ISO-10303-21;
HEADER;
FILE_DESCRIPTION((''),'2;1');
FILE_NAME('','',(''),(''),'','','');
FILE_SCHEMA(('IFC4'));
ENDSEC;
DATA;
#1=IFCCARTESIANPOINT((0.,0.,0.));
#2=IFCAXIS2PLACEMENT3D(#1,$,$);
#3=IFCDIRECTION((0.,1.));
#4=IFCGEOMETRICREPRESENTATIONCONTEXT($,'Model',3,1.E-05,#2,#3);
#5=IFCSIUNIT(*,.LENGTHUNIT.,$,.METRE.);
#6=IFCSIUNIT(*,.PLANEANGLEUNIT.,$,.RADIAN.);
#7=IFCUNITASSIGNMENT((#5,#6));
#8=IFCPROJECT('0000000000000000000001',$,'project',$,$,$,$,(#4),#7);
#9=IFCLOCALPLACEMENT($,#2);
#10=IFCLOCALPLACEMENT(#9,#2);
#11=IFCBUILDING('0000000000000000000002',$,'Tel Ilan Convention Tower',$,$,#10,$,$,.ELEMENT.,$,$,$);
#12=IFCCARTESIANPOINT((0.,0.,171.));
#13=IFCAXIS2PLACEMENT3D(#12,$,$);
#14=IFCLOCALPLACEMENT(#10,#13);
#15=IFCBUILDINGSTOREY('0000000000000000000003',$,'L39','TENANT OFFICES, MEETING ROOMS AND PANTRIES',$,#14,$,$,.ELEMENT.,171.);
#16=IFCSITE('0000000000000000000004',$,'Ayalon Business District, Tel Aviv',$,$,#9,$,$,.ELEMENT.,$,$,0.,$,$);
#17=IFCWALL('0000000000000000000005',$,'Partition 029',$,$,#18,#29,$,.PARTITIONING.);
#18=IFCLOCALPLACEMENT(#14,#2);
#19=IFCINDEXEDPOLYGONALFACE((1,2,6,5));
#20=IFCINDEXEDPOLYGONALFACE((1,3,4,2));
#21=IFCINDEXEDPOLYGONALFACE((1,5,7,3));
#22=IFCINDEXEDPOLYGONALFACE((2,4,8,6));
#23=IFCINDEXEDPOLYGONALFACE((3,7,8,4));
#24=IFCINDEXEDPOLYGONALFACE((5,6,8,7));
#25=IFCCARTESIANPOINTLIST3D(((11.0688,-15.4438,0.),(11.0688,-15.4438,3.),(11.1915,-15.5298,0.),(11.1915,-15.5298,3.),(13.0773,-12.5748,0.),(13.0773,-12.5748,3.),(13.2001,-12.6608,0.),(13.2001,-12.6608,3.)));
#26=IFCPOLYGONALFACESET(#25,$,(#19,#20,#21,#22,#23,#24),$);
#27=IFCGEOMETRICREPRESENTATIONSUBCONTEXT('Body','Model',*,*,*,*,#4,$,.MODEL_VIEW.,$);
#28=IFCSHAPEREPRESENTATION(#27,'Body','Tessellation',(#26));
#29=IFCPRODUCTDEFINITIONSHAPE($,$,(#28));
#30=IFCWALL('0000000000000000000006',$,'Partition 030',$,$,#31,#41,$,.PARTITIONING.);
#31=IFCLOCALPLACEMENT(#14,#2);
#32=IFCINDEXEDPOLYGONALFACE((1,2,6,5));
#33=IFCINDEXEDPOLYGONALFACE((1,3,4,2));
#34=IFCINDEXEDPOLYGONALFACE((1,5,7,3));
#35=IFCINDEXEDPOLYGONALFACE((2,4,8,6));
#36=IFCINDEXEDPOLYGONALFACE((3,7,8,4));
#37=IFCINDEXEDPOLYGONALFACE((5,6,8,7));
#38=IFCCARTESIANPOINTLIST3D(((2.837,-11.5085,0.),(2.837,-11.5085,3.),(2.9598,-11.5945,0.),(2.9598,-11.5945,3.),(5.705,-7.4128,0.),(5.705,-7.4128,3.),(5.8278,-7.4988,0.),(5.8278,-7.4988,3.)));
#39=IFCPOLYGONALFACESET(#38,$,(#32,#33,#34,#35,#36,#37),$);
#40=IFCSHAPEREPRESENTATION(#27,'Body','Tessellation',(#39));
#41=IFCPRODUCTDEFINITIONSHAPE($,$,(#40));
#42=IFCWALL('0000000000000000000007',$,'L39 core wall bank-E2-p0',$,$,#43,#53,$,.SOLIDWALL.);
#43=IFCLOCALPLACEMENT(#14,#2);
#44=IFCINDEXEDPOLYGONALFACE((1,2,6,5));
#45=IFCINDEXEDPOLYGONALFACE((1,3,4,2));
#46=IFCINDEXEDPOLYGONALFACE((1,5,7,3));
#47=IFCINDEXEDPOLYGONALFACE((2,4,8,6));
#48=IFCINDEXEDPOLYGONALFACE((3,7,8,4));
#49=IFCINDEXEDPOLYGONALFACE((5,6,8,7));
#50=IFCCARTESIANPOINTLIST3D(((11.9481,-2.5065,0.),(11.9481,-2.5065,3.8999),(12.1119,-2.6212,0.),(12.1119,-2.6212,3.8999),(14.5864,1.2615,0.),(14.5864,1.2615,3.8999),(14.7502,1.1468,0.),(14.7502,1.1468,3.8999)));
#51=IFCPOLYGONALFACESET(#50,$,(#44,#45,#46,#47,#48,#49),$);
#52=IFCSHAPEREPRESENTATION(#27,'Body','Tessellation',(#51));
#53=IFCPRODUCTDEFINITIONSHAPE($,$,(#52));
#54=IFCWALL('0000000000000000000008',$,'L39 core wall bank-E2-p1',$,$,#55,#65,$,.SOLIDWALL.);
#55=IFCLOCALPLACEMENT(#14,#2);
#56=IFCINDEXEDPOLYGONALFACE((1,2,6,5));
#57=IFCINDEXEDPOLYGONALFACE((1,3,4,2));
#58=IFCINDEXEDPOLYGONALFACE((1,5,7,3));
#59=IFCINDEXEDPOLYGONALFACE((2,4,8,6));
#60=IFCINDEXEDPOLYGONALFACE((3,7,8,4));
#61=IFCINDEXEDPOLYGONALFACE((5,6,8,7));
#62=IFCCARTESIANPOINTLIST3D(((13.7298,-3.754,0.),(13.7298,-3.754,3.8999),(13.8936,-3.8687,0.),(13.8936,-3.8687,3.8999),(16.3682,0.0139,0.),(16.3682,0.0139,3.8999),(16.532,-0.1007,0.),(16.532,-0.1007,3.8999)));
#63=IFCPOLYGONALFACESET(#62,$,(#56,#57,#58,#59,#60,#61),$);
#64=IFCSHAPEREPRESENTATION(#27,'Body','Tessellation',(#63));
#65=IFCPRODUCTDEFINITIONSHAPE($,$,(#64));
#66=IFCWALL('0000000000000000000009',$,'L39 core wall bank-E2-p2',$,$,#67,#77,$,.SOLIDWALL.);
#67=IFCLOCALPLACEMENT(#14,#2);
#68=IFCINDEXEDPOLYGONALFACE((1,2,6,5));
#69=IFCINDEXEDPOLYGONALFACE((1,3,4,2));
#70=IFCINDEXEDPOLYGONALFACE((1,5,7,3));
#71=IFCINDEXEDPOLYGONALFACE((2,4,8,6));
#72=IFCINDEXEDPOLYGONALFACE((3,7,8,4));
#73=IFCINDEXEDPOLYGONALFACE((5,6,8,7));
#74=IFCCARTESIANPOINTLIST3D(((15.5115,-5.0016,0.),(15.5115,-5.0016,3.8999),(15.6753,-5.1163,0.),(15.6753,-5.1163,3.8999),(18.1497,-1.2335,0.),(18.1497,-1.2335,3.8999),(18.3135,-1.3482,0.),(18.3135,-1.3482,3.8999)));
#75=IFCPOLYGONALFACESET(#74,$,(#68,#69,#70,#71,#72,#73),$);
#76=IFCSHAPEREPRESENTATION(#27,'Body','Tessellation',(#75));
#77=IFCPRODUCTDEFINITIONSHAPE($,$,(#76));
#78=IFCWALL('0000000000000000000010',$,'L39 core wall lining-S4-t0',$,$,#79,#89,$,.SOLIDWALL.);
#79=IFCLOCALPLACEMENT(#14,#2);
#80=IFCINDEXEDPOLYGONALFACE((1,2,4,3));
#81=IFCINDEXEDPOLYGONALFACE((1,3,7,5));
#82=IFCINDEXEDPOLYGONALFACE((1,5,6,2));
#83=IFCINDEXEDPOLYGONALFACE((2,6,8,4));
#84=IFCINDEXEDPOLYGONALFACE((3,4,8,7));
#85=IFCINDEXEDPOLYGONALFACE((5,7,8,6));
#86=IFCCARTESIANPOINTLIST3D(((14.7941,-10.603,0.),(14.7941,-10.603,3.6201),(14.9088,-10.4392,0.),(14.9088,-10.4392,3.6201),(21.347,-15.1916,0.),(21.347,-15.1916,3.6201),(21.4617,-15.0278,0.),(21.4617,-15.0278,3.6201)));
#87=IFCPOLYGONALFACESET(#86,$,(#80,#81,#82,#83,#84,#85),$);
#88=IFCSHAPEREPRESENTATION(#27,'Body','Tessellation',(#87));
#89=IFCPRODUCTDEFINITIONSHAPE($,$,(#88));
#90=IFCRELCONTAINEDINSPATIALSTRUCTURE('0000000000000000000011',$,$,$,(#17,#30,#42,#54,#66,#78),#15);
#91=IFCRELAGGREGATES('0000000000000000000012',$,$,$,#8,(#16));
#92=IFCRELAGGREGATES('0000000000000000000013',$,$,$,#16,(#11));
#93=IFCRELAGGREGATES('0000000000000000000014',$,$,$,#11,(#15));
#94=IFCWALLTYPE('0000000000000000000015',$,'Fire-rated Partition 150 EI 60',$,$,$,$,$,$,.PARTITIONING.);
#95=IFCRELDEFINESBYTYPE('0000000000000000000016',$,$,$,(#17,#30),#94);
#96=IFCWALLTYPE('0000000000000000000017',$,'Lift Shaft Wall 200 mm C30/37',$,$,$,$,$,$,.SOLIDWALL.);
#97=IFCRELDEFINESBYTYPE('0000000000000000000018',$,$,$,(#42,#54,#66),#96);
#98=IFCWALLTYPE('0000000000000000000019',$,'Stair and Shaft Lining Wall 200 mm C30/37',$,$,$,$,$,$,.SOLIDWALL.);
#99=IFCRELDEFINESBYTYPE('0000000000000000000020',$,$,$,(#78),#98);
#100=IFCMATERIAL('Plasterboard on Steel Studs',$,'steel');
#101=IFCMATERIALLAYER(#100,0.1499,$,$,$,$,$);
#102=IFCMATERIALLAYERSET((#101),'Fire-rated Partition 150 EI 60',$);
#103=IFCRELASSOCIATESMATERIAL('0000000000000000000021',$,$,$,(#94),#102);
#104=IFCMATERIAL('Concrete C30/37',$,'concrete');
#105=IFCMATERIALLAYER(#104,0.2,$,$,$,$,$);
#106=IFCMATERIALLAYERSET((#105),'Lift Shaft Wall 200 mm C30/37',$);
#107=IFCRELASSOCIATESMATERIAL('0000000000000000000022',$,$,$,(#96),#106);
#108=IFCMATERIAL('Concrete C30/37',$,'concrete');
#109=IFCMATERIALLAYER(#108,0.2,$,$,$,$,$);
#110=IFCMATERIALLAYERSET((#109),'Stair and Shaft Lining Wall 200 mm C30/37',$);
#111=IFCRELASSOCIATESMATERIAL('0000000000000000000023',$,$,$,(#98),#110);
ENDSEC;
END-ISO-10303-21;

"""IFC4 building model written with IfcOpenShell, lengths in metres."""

from ifc_helpers import new_model, si_unit, direction, frame, frame_2d, origin, place, context, subcontext, project, spatial, rectangle, extrude, material, layer, layer_set, type_object, element, save


model = new_model("IFC4")

# Units and contexts
model_context = context("Model", 3, precision=1e-05, world=origin(), true_north=direction((0.0, 1.0)))
body_context = subcontext(model_context, "Body", "Model", "MODEL_VIEW")
ifc_project = project(units=[si_unit("LENGTHUNIT", "METRE"), si_unit("PLANEANGLEUNIT", "RADIAN")], contexts=[model_context])

# Site, building, storey
site_placement = place(None, origin())
site = spatial("IfcSite", under=ifc_project, at=site_placement, Name="Ayalon Business District, Tel Aviv", CompositionType="ELEMENT", RefElevation=0.0)
building_placement = place(site_placement, origin())
building = spatial("IfcBuilding", under=site, at=building_placement, Name="Tel Ilan Convention Tower", CompositionType="ELEMENT")
storey_placement = place(building_placement, frame((0.0, 0.0, 171.0)))
storey = spatial("IfcBuildingStorey", under=building, at=storey_placement, Name="L39", Description="TENANT OFFICES, MEETING ROOMS AND PANTRIES", CompositionType="ELEMENT", Elevation=171.0)

# Shared definitions
ifc_material_1 = material(Name="Plasterboard on Steel Studs", Category="steel")
ifc_layer_1 = layer(ifc_material_1, 0.1499)
ifc_layer_set_1 = layer_set([ifc_layer_1], Name="Fire-rated Partition 150 EI 60")
wall_type_1 = type_object("IfcWallType", Name="Fire-rated Partition 150 EI 60", PredefinedType="PARTITIONING", material=ifc_layer_set_1)

# Walls
wall_1_placement = place(storey_placement, frame((13.1387, -12.6179, 0.0), z_axis=(0.0, 0.0, 1.0), x_axis=(-0.573523, -0.819189, 0.0)))
element("IfcWall", 1, at=wall_1_placement, inside=storey, type_object=wall_type_1, Name="Partition 029", PredefinedType="PARTITIONING", context=body_context, shape_type="SweptSolid", body=[
    extrude(rectangle(XDim=3.5022, YDim=0.1499, at=frame_2d((1.751, 0.0))), origin(), (0.0, 0.0, 1.0), 3.0),
])
wall_2_placement = place(storey_placement, frame((2.8984, -11.5515, 0.0), z_axis=(0.0, 0.0, 1.0), x_axis=(0.573587, 0.819145, 0.0)))
element("IfcWall", 2, at=wall_2_placement, inside=storey, type_object=wall_type_1, Name="Partition 030", PredefinedType="PARTITIONING", context=body_context, shape_type="SweptSolid", body=[
    extrude(rectangle(XDim=5.0, YDim=0.1499, at=frame_2d((2.5, 0.0))), origin(), (0.0, 0.0, 1.0), 3.0),
])
ifc_material_2 = material(Name="Concrete C30/37", Category="concrete")
ifc_layer_2 = layer(ifc_material_2, 0.2)
ifc_layer_set_2 = layer_set([ifc_layer_2], Name="Lift Shaft Wall 200 mm C30/37")
wall_type_2 = type_object("IfcWallType", Name="Lift Shaft Wall 200 mm C30/37", PredefinedType="SOLIDWALL", material=ifc_layer_set_2)
for number, where, z_axis, x_axis, name in (
    (3, (12.03, -2.5637, 0.0), (0.0, 0.0, 1.0), (0.573576, 0.819152, 0.0), "L39 core wall bank-E2-p0"),
    (4, (13.8118, -3.8113, 0.0), (0.0, 0.0, 1.0), (0.573576, 0.819152, 0.0), "L39 core wall bank-E2-p1"),
    (5, (15.5935, -5.0588, 0.0), (0.0, 0.0, 1.0), (0.573541, 0.819177, 0.0), "L39 core wall bank-E2-p2"),
):
    element("IfcWall", number, at=place(storey_placement, frame(where, z_axis=z_axis, x_axis=x_axis)), inside=storey, type_object=wall_type_2, Name=name, PredefinedType="SOLIDWALL", context=body_context, shape_type="SweptSolid", body=[
        extrude(rectangle(XDim=4.5999, YDim=0.2, at=frame_2d((2.2998, 0.0))), origin(), (0.0, 0.0, 1.0), 3.8999),
    ])
ifc_material_3 = material(Name="Concrete C30/37", Category="concrete")
ifc_layer_3 = layer(ifc_material_3, 0.2)
ifc_layer_set_3 = layer_set([ifc_layer_3], Name="Stair and Shaft Lining Wall 200 mm C30/37")
wall_type_3 = type_object("IfcWallType", Name="Stair and Shaft Lining Wall 200 mm C30/37", PredefinedType="SOLIDWALL", material=ifc_layer_set_3)
wall_3_placement = place(storey_placement, frame((14.8513, -10.521, 0.0), z_axis=(0.0, 0.0, 1.0), x_axis=(0.819142, -0.573591, 0.0)))
element("IfcWall", 6, at=wall_3_placement, inside=storey, type_object=wall_type_3, Name="L39 core wall lining-S4-t0", PredefinedType="SOLIDWALL", context=body_context, shape_type="SweptSolid", body=[
    extrude(rectangle(XDim=7.9998, YDim=0.2, at=frame_2d((4.0, 0.0))), origin(), (0.0, 0.0, 1.0), 3.6201),
])

save(model, "model.ifc")
